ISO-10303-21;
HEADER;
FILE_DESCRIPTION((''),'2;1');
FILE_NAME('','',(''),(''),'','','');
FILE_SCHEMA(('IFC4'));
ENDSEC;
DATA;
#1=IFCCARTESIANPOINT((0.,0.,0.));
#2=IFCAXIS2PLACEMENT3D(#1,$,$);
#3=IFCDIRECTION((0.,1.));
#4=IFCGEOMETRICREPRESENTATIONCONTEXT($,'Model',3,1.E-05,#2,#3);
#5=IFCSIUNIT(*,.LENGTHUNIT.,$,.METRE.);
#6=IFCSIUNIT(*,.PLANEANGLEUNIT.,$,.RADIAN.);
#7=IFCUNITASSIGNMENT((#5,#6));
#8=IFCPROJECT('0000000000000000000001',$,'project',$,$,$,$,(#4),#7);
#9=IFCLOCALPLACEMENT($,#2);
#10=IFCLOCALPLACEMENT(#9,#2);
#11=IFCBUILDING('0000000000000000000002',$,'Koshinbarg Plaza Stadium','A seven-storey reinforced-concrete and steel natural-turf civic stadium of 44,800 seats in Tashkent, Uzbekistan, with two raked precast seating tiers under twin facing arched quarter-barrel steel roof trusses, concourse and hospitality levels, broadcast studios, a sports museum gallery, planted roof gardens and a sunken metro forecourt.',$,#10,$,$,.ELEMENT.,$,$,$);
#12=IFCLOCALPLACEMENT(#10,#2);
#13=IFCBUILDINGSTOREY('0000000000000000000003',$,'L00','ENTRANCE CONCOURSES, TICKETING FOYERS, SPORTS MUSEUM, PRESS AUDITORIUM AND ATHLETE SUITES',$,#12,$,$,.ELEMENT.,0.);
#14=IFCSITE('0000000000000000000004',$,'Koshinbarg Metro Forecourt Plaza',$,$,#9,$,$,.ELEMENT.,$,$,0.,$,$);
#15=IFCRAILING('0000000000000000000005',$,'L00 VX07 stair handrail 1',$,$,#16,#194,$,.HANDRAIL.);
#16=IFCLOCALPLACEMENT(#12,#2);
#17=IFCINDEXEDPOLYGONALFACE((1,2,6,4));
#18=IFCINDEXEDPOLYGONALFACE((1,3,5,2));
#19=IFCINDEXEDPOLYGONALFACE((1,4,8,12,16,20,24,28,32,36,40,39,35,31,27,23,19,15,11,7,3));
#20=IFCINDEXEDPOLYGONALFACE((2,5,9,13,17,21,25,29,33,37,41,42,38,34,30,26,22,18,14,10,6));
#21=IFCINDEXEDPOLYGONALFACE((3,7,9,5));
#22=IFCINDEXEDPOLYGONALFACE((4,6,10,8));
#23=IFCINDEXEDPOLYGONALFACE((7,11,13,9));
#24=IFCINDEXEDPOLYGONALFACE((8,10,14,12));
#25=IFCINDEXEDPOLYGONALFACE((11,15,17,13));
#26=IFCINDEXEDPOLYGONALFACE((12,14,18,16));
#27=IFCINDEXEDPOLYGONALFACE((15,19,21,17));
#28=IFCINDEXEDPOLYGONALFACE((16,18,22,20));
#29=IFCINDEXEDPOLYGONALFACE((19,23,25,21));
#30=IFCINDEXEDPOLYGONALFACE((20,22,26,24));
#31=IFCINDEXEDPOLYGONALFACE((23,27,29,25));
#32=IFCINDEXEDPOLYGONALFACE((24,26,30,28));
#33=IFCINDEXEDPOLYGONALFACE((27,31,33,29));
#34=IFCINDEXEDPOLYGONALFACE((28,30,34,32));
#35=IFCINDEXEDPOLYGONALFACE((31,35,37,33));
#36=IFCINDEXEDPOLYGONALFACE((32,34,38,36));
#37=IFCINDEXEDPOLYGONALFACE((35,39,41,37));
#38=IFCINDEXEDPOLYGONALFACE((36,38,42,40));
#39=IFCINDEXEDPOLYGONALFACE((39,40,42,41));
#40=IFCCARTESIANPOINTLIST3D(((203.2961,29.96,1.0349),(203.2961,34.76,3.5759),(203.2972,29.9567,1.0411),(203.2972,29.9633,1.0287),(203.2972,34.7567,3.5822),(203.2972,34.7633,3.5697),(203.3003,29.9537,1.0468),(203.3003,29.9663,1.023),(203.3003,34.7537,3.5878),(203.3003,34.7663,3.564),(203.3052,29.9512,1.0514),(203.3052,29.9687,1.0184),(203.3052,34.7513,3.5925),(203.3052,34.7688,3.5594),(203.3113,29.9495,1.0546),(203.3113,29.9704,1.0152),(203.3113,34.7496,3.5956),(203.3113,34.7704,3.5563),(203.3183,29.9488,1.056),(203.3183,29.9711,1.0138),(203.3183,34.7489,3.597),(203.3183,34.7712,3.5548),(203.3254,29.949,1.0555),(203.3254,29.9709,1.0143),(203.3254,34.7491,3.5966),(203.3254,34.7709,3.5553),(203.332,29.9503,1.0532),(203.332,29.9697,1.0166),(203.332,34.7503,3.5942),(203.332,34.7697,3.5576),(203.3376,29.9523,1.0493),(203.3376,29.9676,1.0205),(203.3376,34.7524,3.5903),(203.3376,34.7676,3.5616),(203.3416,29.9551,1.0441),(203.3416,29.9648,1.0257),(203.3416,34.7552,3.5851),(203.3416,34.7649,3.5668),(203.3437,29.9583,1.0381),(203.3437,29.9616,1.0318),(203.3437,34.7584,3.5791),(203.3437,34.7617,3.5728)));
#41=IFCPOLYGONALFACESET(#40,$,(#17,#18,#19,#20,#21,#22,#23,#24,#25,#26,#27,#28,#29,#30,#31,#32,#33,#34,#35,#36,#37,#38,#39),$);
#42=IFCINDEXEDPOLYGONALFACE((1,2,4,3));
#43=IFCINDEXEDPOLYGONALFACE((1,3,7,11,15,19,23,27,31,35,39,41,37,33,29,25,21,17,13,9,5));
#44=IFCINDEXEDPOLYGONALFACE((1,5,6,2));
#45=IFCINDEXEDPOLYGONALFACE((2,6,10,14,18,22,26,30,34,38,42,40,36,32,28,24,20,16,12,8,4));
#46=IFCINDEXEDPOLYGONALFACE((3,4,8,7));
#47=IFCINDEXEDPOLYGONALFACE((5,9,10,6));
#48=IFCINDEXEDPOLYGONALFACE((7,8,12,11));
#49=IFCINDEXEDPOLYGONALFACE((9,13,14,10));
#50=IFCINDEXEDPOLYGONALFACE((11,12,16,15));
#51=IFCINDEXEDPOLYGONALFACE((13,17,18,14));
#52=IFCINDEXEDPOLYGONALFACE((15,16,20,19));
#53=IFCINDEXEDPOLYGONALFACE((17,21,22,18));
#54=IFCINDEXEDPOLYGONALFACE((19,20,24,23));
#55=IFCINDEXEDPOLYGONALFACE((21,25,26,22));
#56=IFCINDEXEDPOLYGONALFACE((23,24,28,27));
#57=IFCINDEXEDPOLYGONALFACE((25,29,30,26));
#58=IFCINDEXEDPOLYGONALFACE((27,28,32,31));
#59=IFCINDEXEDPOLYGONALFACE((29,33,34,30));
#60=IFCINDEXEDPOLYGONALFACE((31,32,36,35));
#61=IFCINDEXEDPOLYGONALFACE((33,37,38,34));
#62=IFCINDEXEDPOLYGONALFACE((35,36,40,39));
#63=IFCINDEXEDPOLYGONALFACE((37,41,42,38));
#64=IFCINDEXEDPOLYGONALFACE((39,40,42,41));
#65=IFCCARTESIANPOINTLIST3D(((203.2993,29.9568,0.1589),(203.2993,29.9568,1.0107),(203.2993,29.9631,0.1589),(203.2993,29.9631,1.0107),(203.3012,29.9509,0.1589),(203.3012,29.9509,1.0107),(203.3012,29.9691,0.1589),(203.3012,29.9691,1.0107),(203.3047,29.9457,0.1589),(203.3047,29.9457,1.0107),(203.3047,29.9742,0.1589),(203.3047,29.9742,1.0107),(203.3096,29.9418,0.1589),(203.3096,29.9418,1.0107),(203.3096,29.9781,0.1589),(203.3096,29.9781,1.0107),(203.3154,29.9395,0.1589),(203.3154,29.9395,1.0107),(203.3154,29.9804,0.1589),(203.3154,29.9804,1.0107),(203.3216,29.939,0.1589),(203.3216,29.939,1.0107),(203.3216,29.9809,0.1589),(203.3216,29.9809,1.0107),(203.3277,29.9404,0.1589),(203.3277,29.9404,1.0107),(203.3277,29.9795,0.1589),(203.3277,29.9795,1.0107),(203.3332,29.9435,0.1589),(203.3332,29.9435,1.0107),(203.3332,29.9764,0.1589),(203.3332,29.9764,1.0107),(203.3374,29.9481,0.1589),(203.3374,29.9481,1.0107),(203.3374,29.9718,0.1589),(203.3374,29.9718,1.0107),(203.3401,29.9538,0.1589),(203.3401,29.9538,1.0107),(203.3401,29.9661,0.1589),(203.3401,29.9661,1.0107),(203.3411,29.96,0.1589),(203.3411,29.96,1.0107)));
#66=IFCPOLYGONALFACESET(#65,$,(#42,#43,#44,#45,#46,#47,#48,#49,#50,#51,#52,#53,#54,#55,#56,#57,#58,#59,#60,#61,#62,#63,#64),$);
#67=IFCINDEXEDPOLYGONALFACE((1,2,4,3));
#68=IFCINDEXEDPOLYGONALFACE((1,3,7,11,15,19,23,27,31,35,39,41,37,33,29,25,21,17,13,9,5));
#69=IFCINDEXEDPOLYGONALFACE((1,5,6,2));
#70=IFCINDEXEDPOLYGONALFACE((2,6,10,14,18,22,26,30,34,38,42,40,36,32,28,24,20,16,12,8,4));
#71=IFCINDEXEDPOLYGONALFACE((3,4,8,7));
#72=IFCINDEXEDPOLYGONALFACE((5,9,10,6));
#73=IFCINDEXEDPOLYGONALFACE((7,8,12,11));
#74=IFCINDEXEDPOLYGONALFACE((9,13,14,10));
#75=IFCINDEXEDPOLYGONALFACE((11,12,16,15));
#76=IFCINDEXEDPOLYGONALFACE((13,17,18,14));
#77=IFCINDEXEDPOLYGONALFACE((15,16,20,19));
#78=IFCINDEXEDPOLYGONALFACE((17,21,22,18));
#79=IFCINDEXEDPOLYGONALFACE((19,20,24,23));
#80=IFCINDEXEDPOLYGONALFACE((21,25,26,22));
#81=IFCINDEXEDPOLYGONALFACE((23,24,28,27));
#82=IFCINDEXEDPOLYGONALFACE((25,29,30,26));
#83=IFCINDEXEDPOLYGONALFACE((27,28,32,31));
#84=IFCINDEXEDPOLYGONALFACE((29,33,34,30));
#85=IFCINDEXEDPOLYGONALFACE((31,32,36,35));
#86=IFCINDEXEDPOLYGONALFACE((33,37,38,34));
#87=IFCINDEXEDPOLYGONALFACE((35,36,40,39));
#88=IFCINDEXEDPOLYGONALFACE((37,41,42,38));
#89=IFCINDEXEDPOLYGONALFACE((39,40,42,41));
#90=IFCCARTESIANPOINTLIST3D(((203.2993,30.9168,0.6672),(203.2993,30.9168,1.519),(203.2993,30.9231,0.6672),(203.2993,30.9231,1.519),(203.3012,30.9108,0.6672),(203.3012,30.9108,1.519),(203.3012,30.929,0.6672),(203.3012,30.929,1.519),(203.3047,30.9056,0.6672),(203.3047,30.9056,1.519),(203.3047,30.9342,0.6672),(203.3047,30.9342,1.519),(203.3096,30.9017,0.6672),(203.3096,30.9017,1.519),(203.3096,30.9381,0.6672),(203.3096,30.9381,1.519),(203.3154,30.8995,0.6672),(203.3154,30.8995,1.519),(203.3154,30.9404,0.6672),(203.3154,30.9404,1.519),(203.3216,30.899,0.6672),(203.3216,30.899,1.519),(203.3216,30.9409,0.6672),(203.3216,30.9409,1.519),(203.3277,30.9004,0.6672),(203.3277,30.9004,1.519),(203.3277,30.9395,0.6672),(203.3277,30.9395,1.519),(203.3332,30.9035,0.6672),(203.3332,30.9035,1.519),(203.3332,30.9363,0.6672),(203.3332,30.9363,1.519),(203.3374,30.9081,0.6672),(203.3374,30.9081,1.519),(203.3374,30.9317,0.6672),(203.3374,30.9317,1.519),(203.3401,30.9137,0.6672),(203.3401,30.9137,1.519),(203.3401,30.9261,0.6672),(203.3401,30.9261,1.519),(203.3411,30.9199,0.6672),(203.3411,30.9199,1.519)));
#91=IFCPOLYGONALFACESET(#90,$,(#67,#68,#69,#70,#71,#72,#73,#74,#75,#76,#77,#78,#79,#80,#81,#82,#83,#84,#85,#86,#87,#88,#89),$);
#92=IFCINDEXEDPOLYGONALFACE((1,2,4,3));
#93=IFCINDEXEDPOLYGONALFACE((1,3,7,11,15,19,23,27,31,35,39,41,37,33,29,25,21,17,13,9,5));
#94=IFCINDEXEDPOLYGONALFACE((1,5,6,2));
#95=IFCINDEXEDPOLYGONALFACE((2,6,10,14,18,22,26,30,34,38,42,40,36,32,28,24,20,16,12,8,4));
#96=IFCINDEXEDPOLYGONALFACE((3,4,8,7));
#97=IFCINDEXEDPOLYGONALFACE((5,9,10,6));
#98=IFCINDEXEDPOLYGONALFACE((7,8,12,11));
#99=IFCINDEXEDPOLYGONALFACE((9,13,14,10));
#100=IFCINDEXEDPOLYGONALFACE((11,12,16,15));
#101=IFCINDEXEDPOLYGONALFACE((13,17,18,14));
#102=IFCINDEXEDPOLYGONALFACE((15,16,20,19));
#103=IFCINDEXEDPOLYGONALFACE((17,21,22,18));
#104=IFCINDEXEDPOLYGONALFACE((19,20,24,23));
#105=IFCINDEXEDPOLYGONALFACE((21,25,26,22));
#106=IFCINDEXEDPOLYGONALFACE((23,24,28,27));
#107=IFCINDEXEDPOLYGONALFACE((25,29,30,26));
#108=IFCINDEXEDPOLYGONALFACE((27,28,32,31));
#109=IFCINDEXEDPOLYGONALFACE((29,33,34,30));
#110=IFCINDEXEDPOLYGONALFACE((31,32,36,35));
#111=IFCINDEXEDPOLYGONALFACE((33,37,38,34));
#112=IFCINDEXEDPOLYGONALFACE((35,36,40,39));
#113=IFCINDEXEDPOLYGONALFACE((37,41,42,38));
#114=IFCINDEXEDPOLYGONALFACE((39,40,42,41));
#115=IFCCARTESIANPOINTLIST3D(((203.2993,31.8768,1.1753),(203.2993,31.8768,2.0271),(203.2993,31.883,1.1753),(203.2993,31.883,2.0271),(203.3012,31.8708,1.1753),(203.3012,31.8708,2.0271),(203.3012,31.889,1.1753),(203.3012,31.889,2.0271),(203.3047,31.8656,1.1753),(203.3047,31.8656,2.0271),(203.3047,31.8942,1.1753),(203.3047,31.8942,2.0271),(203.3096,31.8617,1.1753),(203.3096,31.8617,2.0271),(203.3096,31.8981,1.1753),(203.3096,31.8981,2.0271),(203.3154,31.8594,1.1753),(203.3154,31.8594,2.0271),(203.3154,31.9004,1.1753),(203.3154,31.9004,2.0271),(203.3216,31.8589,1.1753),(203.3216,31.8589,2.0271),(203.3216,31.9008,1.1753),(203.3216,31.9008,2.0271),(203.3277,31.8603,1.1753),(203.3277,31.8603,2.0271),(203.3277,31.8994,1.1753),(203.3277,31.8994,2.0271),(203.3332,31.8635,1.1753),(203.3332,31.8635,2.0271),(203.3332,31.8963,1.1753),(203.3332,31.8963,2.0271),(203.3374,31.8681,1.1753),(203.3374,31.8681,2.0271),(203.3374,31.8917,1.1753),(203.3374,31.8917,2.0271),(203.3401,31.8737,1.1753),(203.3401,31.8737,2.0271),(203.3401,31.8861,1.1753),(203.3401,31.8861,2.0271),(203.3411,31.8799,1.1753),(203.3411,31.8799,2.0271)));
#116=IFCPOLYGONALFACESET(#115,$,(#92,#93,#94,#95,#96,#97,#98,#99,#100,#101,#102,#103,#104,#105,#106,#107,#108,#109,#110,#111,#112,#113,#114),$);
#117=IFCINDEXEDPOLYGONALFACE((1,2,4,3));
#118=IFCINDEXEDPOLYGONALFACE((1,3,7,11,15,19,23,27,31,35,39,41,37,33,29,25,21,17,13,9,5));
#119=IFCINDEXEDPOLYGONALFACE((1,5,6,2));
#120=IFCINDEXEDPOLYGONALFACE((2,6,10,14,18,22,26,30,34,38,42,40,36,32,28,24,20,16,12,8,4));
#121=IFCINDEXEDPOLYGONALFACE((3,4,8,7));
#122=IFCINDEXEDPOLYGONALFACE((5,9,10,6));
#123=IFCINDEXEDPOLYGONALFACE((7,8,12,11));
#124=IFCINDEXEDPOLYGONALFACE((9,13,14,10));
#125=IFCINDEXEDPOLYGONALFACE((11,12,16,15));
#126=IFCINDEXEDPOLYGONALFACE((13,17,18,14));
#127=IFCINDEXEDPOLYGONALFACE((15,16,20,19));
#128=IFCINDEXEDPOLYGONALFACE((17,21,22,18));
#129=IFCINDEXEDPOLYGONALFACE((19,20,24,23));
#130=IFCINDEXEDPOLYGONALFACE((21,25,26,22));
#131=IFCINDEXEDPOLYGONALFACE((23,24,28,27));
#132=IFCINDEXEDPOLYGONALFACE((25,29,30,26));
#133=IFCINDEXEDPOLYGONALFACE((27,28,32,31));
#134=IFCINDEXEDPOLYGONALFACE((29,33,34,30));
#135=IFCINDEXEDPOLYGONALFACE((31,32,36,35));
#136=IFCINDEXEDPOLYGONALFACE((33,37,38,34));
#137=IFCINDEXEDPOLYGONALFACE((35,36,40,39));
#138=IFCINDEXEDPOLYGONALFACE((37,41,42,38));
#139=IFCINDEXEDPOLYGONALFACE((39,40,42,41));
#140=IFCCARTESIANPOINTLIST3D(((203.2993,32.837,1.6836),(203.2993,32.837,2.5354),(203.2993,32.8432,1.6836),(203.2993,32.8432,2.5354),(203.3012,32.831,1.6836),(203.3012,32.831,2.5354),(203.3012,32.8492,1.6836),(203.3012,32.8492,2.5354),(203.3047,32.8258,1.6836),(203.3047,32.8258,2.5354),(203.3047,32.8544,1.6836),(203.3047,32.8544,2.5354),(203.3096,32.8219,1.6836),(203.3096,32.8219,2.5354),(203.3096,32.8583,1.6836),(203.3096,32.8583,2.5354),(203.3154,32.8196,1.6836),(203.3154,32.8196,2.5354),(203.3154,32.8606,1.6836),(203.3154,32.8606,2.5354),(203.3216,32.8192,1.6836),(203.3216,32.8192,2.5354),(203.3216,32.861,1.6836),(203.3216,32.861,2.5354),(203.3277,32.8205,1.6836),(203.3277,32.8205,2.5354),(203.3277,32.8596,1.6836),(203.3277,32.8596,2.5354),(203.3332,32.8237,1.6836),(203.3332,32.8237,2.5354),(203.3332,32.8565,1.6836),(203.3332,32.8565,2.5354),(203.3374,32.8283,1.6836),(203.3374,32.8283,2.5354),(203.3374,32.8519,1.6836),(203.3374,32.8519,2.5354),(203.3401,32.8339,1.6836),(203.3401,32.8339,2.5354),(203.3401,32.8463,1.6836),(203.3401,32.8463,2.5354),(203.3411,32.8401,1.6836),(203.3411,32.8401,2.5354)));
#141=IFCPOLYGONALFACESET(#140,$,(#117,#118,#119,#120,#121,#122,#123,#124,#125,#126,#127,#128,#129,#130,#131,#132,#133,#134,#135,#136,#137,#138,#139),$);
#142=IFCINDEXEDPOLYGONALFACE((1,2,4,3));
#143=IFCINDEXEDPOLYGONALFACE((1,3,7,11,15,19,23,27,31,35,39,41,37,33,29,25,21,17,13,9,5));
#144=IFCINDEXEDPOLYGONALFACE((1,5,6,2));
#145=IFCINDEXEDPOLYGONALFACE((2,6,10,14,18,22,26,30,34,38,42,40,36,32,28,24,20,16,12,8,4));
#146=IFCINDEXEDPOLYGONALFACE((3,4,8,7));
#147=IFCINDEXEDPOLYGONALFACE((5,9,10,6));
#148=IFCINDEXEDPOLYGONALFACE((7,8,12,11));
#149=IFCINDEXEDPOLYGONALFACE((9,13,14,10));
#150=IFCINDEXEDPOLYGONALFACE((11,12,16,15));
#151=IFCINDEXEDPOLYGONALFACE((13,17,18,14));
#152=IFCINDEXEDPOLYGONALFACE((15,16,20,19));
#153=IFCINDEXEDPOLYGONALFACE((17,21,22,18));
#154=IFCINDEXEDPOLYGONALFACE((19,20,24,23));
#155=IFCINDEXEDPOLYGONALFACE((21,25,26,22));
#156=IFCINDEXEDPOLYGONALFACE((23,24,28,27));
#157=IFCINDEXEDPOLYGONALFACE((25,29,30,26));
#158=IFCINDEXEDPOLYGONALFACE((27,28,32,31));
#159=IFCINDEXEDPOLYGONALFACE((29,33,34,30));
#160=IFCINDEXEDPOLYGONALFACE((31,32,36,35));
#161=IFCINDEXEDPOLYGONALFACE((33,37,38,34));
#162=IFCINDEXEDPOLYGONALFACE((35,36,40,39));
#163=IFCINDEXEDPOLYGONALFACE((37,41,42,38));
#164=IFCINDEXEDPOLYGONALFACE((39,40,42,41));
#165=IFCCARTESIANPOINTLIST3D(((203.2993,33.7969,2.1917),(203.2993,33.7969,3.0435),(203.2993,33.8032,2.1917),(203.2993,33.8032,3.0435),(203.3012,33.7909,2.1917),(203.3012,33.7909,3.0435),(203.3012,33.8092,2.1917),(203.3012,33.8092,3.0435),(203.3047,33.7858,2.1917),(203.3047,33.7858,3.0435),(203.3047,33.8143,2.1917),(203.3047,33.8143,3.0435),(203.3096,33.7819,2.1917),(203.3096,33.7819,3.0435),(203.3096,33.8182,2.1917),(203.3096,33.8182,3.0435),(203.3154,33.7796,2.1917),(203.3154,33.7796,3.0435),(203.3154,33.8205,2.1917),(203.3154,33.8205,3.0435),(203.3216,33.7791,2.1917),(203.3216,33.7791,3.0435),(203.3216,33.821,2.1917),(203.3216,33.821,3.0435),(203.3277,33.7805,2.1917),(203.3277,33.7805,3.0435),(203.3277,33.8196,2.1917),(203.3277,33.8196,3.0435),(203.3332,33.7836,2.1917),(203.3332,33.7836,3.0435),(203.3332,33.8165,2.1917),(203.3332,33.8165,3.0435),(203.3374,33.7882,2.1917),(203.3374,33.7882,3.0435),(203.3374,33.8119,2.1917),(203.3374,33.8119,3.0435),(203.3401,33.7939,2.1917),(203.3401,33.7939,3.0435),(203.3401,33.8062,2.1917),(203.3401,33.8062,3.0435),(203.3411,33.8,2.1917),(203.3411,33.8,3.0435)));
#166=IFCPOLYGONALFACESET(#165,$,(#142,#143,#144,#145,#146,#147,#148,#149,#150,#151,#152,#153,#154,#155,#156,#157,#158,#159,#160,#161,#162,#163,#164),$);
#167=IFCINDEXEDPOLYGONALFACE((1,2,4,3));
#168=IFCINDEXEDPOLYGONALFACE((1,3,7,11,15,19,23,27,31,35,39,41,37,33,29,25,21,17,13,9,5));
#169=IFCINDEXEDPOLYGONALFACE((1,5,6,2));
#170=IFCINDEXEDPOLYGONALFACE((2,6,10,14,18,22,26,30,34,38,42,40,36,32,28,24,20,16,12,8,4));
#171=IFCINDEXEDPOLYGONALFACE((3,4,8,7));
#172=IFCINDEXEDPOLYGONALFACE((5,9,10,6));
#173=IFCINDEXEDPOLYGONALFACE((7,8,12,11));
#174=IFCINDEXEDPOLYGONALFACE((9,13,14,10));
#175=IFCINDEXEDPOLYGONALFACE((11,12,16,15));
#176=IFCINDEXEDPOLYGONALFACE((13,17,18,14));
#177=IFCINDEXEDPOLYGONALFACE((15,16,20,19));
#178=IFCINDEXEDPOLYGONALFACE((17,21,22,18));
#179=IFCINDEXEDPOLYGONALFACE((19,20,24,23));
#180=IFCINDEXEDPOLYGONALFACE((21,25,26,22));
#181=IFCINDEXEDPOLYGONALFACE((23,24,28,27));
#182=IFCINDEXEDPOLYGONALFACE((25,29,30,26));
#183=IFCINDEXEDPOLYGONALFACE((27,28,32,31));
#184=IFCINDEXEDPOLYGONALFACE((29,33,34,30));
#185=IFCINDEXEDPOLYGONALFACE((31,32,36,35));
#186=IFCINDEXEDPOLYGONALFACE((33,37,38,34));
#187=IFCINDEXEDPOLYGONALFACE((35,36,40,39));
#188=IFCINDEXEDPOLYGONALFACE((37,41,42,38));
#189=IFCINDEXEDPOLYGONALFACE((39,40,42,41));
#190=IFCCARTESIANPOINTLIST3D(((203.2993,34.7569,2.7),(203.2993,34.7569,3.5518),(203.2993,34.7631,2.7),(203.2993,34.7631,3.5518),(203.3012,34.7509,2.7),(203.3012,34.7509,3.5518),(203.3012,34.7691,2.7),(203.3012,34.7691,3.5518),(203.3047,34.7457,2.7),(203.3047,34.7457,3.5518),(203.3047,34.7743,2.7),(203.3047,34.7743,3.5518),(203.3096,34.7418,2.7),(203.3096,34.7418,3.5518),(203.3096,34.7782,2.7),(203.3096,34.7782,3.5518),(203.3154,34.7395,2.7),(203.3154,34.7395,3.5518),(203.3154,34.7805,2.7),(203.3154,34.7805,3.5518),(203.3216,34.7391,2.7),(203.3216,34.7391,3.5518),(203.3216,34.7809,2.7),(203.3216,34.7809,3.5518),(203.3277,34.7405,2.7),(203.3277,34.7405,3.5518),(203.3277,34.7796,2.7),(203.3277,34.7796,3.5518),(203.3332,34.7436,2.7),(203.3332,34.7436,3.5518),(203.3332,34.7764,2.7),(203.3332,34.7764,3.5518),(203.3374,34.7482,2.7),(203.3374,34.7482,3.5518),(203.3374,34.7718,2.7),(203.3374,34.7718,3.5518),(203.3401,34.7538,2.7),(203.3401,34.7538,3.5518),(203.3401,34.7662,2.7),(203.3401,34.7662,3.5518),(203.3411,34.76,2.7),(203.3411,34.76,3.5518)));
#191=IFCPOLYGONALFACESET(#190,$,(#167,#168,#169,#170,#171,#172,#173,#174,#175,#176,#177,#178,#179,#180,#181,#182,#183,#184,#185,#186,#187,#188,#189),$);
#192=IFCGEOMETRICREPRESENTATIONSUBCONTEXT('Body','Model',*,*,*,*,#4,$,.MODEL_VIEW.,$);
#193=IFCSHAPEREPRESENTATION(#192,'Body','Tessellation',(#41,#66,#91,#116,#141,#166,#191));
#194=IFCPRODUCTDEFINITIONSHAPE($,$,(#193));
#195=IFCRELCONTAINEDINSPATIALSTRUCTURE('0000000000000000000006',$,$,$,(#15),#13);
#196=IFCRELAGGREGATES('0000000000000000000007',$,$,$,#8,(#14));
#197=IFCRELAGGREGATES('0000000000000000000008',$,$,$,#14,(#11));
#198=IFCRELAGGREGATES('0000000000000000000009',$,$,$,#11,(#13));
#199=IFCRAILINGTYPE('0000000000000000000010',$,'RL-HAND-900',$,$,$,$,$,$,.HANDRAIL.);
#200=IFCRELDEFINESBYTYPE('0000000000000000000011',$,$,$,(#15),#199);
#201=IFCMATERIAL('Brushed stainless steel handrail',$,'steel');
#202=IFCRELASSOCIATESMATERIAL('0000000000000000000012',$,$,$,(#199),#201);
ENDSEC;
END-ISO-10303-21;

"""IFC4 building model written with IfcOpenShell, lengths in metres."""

from ifc_helpers import new_model, si_unit, direction, frame, origin, origin_2d, place, context, subcontext, project, spatial, circle, extrude, material, type_object, element, save


model = new_model("IFC4")

# Units and contexts
model_context = context("Model", 3, precision=1e-05, world=origin(), true_north=direction((0.0, 1.0)))
body_context = subcontext(model_context, "Body", "Model", "MODEL_VIEW")
ifc_project = project(units=[si_unit("LENGTHUNIT", "METRE"), si_unit("PLANEANGLEUNIT", "RADIAN")], contexts=[model_context])

# Site, building, storey
site_placement = place(None, origin())
site = spatial("IfcSite", under=ifc_project, at=site_placement, Name="Koshinbarg Metro Forecourt Plaza", CompositionType="ELEMENT", RefElevation=0.0)
building_placement = place(site_placement, origin())
building = spatial("IfcBuilding", under=site, at=building_placement, Name="Koshinbarg Plaza Stadium", Description="A seven-storey reinforced-concrete and steel natural-turf civic stadium of 44,800 seats in Tashkent, Uzbekistan, with two raked precast seating tiers under twin facing arched quarter-barrel steel roof trusses, concourse and hospitality levels, broadcast studios, a sports museum gallery, planted roof gardens and a sunken metro forecourt.", CompositionType="ELEMENT")
storey_placement = place(building_placement, origin())
storey = spatial("IfcBuildingStorey", under=building, at=storey_placement, Name="L00", Description="ENTRANCE CONCOURSES, TICKETING FOYERS, SPORTS MUSEUM, PRESS AUDITORIUM AND ATHLETE SUITES", CompositionType="ELEMENT", Elevation=0.0)

# Railing
ifc_material_1 = material(Name="Brushed stainless steel handrail", Category="steel")
railing_type_1 = type_object("IfcRailingType", Name="RL-HAND-900", PredefinedType="HANDRAIL", material=ifc_material_1)
railing_1_placement = place(storey_placement, frame((203.3201, 29.96, 0.1589)))
element("IfcRailing", 1, at=railing_1_placement, inside=storey, type_object=railing_type_1, Name="L00 VX07 stair handrail 1", PredefinedType="HANDRAIL", context=body_context, shape_type="SweptSolid", body=[
    extrude(circle(Radius=0.0239, at=origin_2d()), frame((0.0, 0.0, 0.876), z_axis=(0.0, 0.883802, 0.467861), x_axis=(-1.0, 0.0, 0.0)), (0.0, 0.0, 1.0), 5.4312),
    extrude(circle(Radius=0.021, at=origin_2d()), origin(), (0.0, 0.0, 1.0), 0.8518),
    extrude(circle(Radius=0.021, at=origin_2d()), frame((0.0, 0.96, 0.5083)), (0.0, 0.0, 1.0), 0.8518),
    extrude(circle(Radius=0.021, at=origin_2d()), frame((0.0, 1.9199, 1.0164)), (0.0, 0.0, 1.0), 0.8518),
    extrude(circle(Radius=0.021, at=origin_2d()), frame((0.0, 2.8801, 1.5247)), (0.0, 0.0, 1.0), 0.8518),
    extrude(circle(Radius=0.021, at=origin_2d()), frame((0.0, 3.8401, 2.0327)), (0.0, 0.0, 1.0), 0.8518),
    extrude(circle(Radius=0.021, at=origin_2d()), frame((0.0, 4.8, 2.541)), (0.0, 0.0, 1.0), 0.8518),
])

save(model, "model.ifc")
